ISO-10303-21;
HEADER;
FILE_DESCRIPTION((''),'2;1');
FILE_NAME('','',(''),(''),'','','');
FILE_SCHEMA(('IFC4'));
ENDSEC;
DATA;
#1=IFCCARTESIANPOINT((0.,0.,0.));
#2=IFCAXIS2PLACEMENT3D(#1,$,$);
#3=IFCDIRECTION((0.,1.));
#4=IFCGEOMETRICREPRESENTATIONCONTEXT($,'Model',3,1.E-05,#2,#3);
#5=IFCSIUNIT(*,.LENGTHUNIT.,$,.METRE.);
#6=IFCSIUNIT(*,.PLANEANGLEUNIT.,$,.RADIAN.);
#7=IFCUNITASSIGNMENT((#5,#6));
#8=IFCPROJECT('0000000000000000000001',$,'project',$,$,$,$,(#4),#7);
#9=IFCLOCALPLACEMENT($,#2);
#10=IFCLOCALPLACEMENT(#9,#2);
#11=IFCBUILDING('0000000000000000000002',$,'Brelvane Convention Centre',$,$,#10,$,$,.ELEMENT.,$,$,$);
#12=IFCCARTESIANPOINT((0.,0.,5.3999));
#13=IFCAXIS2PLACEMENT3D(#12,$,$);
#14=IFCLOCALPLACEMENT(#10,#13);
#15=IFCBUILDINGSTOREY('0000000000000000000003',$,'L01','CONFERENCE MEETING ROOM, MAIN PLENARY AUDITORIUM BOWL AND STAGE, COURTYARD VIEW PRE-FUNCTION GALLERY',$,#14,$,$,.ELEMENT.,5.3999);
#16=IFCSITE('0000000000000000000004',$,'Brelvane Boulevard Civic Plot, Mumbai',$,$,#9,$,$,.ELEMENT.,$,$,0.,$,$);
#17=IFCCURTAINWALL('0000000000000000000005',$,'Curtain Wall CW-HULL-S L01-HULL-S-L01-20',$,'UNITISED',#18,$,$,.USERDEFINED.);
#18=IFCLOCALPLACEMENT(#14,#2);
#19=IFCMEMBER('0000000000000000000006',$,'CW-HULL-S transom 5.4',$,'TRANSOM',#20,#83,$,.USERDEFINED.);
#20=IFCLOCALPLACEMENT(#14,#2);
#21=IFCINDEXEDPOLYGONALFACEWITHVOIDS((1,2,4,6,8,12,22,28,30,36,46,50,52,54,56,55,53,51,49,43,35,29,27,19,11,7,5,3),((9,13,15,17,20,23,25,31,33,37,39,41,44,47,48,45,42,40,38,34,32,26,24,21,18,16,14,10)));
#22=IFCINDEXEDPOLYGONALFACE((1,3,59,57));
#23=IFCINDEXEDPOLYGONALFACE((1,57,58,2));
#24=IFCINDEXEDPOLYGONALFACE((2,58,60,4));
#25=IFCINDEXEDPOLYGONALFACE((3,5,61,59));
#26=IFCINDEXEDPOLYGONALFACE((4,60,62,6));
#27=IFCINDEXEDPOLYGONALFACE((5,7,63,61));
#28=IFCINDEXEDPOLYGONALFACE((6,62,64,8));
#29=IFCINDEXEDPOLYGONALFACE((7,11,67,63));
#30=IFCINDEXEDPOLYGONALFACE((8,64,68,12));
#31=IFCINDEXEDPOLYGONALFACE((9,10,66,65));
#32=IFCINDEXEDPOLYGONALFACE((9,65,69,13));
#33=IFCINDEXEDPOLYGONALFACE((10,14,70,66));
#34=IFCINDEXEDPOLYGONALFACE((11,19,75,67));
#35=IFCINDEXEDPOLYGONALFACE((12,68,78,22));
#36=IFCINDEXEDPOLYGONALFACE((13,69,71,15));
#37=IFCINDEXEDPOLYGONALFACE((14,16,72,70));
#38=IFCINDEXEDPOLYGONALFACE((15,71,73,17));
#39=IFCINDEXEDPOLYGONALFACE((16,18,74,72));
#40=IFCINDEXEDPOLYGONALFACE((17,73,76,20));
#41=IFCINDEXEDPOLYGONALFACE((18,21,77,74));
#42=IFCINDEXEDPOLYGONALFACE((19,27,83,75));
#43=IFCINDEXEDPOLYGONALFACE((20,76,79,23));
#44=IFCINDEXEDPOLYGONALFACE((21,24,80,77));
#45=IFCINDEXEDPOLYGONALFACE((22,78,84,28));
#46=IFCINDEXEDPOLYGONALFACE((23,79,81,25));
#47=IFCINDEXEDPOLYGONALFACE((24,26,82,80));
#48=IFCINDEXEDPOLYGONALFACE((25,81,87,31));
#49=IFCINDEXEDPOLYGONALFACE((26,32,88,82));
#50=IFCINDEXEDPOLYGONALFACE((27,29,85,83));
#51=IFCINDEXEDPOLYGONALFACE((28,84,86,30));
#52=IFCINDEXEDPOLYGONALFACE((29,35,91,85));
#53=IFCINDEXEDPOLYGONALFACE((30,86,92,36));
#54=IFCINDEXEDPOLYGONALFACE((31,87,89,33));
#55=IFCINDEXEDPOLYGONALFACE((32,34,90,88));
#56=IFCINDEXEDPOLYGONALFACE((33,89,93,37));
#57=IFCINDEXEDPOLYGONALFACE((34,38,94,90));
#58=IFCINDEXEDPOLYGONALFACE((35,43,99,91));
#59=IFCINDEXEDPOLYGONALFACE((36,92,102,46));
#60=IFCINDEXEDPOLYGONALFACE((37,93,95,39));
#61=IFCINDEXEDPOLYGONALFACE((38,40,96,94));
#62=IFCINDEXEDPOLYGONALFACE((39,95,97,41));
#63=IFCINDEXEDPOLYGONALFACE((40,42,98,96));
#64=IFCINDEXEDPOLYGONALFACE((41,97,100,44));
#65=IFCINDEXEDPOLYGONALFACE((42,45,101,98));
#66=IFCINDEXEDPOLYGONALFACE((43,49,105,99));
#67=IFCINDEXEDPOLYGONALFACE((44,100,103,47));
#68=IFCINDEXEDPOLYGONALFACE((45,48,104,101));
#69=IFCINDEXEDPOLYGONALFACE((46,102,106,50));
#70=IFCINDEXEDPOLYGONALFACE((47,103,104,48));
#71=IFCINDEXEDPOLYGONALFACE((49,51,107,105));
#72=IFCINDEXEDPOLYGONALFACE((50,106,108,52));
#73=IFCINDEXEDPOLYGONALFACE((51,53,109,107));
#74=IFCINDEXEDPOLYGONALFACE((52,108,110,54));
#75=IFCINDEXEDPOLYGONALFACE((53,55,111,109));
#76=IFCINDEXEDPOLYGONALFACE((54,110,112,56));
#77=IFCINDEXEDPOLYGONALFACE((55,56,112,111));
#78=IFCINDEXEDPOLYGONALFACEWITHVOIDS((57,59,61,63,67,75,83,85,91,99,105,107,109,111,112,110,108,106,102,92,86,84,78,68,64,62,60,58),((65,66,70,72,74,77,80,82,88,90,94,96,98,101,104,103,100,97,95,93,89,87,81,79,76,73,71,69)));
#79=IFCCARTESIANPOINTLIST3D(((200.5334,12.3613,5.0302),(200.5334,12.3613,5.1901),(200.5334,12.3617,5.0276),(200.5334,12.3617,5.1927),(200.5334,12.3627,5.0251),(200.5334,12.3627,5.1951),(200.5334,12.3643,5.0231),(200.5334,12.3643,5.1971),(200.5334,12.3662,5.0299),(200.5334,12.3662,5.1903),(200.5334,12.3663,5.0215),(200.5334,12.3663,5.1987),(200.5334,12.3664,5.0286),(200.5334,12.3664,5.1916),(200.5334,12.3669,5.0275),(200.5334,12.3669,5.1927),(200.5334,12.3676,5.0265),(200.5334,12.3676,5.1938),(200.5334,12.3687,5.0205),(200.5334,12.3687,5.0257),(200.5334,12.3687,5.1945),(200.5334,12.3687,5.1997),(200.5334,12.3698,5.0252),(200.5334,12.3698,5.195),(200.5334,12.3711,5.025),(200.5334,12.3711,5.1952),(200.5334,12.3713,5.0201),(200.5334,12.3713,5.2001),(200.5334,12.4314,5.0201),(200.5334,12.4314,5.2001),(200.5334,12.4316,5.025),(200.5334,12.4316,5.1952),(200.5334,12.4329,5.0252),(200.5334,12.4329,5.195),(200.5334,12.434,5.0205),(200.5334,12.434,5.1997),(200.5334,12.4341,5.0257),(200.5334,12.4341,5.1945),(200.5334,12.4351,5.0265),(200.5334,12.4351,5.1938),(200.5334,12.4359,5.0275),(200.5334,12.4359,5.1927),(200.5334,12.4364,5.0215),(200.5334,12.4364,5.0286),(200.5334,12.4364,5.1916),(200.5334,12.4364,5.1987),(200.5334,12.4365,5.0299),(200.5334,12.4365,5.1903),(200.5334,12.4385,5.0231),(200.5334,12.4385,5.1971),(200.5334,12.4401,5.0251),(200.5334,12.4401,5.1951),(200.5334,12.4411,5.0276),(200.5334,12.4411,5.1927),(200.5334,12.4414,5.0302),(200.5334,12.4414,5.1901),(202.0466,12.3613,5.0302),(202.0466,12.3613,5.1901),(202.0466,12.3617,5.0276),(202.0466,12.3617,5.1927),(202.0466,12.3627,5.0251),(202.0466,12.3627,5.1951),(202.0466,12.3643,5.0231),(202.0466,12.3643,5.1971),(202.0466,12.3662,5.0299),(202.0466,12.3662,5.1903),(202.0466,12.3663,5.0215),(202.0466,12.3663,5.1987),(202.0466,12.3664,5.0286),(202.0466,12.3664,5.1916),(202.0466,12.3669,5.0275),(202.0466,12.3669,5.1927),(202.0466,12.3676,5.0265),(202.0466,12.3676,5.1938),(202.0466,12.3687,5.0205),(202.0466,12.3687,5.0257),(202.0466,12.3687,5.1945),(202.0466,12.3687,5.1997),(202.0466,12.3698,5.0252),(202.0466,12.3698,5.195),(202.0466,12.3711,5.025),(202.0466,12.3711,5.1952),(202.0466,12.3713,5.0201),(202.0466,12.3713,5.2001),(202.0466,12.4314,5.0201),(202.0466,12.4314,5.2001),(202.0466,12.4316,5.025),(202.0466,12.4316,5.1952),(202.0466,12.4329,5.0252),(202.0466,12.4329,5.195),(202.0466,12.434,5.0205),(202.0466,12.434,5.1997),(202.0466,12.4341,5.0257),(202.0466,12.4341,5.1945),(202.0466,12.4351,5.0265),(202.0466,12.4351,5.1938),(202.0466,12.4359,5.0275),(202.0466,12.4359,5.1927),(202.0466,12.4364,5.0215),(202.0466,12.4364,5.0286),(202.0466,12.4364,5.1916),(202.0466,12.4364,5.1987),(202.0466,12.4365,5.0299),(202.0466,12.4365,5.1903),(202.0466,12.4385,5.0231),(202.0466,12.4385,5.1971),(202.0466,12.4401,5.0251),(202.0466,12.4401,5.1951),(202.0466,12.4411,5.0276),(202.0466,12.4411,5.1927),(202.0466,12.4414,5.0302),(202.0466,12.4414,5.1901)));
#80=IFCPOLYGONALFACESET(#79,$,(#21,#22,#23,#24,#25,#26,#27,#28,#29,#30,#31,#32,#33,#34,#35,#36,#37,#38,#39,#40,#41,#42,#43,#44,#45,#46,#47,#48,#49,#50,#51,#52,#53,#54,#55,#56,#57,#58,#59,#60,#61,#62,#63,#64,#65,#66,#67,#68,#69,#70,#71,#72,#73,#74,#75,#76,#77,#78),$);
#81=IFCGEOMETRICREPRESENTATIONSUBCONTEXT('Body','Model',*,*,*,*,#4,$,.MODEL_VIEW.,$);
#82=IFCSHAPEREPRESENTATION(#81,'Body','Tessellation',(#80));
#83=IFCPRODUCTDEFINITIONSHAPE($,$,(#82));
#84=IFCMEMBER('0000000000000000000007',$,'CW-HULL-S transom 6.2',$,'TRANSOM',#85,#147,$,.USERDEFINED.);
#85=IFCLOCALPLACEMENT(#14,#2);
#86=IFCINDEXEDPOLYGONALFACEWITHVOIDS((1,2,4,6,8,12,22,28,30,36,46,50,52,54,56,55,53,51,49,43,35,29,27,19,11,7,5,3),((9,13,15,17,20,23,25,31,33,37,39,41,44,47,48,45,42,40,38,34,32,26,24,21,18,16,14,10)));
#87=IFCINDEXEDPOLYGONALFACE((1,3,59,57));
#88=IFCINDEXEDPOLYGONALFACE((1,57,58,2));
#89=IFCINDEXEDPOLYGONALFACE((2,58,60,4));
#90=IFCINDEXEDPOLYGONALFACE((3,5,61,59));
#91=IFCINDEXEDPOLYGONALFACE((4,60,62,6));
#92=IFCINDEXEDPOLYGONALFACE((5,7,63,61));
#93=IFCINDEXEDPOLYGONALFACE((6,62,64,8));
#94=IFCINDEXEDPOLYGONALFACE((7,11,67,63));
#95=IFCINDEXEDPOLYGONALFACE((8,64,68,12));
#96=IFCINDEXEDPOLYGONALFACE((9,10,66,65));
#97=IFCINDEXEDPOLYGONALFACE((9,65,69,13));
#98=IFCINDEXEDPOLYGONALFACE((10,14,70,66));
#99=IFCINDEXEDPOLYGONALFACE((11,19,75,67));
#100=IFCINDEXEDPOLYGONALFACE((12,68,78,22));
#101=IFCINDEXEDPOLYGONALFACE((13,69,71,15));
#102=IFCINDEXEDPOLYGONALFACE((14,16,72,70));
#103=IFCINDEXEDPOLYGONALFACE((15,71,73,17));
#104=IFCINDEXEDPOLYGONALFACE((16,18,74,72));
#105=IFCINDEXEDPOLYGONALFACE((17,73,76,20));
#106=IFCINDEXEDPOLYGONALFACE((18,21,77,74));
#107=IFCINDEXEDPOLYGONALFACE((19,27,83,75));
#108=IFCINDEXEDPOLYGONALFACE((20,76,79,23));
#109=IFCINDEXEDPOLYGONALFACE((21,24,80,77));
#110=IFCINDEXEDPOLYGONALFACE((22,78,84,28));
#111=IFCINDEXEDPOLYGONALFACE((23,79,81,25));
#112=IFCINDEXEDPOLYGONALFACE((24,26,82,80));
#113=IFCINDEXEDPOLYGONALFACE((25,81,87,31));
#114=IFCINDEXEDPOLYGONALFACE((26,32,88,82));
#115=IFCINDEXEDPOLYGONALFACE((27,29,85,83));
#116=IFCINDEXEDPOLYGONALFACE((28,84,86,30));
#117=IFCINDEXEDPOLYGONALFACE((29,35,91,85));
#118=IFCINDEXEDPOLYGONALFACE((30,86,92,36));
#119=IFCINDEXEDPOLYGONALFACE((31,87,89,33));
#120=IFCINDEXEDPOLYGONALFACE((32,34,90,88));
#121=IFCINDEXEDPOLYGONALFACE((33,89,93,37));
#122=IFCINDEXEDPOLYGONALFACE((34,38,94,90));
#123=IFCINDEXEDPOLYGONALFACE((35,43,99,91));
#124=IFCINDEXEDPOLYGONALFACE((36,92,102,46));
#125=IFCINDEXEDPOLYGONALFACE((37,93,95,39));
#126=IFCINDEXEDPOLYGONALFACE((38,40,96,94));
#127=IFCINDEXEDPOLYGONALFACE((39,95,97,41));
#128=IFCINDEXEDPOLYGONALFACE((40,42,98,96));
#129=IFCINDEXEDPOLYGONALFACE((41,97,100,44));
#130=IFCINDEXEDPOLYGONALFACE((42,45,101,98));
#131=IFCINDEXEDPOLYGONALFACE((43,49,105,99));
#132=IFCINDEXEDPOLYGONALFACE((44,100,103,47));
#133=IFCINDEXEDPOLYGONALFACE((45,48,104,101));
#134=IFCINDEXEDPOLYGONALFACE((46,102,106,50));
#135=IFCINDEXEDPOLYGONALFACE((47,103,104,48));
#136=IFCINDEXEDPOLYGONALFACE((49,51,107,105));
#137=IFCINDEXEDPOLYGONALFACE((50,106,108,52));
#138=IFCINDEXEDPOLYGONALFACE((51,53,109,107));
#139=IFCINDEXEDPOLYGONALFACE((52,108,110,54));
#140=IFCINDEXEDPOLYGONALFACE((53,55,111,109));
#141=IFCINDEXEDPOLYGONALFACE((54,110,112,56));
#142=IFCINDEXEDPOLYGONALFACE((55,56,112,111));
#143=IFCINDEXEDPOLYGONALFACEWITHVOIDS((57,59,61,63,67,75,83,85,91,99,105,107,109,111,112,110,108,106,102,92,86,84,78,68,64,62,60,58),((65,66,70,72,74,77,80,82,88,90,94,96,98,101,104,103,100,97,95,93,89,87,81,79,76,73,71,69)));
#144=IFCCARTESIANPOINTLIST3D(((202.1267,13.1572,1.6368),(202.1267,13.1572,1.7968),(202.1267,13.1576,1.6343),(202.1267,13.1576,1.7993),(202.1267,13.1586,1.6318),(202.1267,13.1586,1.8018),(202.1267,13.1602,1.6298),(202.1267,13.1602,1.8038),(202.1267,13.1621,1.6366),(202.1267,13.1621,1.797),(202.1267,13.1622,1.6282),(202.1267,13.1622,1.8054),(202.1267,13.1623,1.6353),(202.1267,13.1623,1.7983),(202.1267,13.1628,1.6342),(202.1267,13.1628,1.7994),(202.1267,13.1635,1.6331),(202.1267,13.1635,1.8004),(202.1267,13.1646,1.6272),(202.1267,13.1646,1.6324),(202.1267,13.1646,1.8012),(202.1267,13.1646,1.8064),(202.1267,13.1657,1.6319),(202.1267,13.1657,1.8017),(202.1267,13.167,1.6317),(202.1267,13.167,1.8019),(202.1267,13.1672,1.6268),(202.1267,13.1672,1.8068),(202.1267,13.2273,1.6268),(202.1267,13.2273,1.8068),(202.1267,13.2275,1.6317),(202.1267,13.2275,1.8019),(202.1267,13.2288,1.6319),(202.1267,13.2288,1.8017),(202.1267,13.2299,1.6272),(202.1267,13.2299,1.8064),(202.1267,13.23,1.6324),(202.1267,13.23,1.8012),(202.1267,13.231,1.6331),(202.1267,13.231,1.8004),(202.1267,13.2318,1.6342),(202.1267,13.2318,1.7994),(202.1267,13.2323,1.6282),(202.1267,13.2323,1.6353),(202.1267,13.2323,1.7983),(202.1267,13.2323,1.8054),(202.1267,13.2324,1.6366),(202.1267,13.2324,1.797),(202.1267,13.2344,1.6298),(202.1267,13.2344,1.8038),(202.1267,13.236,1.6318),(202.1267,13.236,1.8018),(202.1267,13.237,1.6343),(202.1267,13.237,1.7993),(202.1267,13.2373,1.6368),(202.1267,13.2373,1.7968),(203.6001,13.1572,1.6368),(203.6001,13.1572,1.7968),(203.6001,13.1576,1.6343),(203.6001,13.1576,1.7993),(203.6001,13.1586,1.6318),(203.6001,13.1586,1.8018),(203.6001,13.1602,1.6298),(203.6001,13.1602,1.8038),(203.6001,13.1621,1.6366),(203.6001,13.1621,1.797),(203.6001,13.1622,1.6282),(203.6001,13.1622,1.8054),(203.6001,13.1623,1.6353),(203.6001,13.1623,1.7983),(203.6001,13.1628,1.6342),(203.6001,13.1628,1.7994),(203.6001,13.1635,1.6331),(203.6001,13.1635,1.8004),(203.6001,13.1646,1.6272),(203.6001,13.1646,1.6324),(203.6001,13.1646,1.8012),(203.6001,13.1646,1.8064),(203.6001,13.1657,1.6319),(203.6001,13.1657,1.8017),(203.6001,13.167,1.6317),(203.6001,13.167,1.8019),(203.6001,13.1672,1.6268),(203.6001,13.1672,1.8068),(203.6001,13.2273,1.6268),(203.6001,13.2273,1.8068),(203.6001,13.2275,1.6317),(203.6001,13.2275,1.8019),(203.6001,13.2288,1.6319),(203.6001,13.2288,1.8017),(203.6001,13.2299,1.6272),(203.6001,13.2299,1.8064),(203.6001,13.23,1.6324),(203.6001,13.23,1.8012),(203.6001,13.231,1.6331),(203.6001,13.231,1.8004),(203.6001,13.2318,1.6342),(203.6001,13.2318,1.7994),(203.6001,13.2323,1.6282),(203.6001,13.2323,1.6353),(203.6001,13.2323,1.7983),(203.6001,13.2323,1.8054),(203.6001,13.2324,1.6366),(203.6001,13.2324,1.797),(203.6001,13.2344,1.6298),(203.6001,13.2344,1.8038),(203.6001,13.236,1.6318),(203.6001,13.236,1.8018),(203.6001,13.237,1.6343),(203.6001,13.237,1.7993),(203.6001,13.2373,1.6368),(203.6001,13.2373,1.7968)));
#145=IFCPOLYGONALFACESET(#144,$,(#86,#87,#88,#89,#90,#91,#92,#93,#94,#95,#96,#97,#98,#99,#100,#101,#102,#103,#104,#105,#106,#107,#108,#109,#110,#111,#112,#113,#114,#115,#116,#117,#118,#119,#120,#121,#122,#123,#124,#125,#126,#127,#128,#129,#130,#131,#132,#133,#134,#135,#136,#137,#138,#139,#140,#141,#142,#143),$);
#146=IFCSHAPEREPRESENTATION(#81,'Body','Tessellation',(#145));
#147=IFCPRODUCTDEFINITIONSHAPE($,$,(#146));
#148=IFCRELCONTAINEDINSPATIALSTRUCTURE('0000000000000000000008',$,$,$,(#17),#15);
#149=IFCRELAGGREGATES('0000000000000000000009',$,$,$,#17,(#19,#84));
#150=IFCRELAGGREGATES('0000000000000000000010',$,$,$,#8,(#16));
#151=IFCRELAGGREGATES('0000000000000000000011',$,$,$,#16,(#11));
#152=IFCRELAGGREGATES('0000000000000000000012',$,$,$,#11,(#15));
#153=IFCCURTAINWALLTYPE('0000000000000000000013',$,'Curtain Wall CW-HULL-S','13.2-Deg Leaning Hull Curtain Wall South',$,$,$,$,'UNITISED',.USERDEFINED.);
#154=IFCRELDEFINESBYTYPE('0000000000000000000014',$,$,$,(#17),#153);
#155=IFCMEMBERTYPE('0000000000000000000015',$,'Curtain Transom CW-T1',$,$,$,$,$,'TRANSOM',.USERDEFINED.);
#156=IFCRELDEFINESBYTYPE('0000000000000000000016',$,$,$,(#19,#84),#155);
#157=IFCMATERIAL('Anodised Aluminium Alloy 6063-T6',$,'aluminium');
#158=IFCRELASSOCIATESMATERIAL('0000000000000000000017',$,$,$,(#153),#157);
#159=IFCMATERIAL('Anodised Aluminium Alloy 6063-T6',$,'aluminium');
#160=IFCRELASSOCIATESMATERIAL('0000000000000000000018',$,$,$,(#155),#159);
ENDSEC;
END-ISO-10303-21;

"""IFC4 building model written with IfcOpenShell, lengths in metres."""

from ifc_helpers import new_model, si_unit, direction, frame, origin, origin_2d, place, context, subcontext, project, spatial, hollow_rectangle, extrude, material, material_profile, profile_set, type_object, element, aggregate, save


model = new_model("IFC4")

# Units and contexts
model_context = context("Model", 3, precision=1e-05, world=origin(), true_north=direction((0.0, 1.0)))
body_context = subcontext(model_context, "Body", "Model", "MODEL_VIEW")
ifc_project = project(units=[si_unit("LENGTHUNIT", "METRE"), si_unit("PLANEANGLEUNIT", "RADIAN")], contexts=[model_context])

# Site, building, storey
site_placement = place(None, origin())
site = spatial("IfcSite", under=ifc_project, at=site_placement, Name="Brelvane Boulevard Civic Plot, Mumbai", CompositionType="ELEMENT", RefElevation=0.0)
building_placement = place(site_placement, origin())
building = spatial("IfcBuilding", under=site, at=building_placement, Name="Brelvane Convention Centre", CompositionType="ELEMENT")
storey_placement = place(building_placement, frame((0.0, 0.0, 5.3999)))
storey = spatial("IfcBuildingStorey", under=building, at=storey_placement, Name="L01", Description="CONFERENCE MEETING ROOM, MAIN PLENARY AUDITORIUM BOWL AND STAGE, COURTYARD VIEW PRE-FUNCTION GALLERY", CompositionType="ELEMENT", Elevation=5.3999)

# Curtain wall, members
ifc_material_1 = material(Name="Anodised Aluminium Alloy 6063-T6", Category="aluminium")
curtain_wall_type = type_object("IfcCurtainWallType", Name="Curtain Wall CW-HULL-S", Description="13.2-Deg Leaning Hull Curtain Wall South", ElementType="UNITISED", PredefinedType="USERDEFINED", material=ifc_material_1)
curtain_wall_1_placement = place(storey_placement, origin())
curtain_wall_1 = element("IfcCurtainWall", 1, at=curtain_wall_1_placement, inside=storey, type_object=curtain_wall_type, Name="Curtain Wall CW-HULL-S L01-HULL-S-L01-20", ObjectType="UNITISED", PredefinedType="USERDEFINED")
ifc_material_2 = material(Name="Anodised Aluminium Alloy 6063-T6", Category="aluminium")
ifc_material_profile = material_profile(ifc_material_2, hollow_rectangle(XDim=0.0801, YDim=0.1799, WallThickness=0.0049, InnerFilletRadius=0.0049, OuterFilletRadius=0.01, at=origin_2d()), Name="ALU-T 180x80x5.0")
ifc_profile_set = profile_set([ifc_material_profile], Name="Anodised Aluminium Alloy 6063-T6")
member_type = type_object("IfcMemberType", Name="Curtain Transom CW-T1", ElementType="TRANSOM", PredefinedType="USERDEFINED", material=ifc_profile_set)
member_1_placement = place(storey_placement, frame((200.5334, 12.4014, 5.1101), z_axis=(1.0, 0.0, 0.0), x_axis=(0.0, 1.0, 0.0)))
member_1 = element("IfcMember", 2, at=member_1_placement, type_object=member_type, Name="CW-HULL-S transom 5.4", ObjectType="TRANSOM", PredefinedType="USERDEFINED", context=body_context, shape_type="SweptSolid", body=[
    extrude(hollow_rectangle(XDim=0.0801, YDim=0.1799, WallThickness=0.0049, InnerFilletRadius=0.0049, OuterFilletRadius=0.01, at=origin_2d()), origin(), (0.0, 0.0, 1.0), 1.5132),
])
member_2_placement = place(storey_placement, frame((202.1267, 13.1973, 1.7168), z_axis=(1.0, 0.0, 0.0), x_axis=(0.0, 1.0, 0.0)))
member_2 = element("IfcMember", 3, at=member_2_placement, type_object=member_type, Name="CW-HULL-S transom 6.2", ObjectType="TRANSOM", PredefinedType="USERDEFINED", context=body_context, shape_type="SweptSolid", body=[
    extrude(hollow_rectangle(XDim=0.0801, YDim=0.1799, WallThickness=0.0049, InnerFilletRadius=0.0049, OuterFilletRadius=0.01, at=origin_2d()), origin(), (0.0, 0.0, 1.0), 1.4734),
])

aggregate(curtain_wall_1, [member_1, member_2])

save(model, "model.ifc")
